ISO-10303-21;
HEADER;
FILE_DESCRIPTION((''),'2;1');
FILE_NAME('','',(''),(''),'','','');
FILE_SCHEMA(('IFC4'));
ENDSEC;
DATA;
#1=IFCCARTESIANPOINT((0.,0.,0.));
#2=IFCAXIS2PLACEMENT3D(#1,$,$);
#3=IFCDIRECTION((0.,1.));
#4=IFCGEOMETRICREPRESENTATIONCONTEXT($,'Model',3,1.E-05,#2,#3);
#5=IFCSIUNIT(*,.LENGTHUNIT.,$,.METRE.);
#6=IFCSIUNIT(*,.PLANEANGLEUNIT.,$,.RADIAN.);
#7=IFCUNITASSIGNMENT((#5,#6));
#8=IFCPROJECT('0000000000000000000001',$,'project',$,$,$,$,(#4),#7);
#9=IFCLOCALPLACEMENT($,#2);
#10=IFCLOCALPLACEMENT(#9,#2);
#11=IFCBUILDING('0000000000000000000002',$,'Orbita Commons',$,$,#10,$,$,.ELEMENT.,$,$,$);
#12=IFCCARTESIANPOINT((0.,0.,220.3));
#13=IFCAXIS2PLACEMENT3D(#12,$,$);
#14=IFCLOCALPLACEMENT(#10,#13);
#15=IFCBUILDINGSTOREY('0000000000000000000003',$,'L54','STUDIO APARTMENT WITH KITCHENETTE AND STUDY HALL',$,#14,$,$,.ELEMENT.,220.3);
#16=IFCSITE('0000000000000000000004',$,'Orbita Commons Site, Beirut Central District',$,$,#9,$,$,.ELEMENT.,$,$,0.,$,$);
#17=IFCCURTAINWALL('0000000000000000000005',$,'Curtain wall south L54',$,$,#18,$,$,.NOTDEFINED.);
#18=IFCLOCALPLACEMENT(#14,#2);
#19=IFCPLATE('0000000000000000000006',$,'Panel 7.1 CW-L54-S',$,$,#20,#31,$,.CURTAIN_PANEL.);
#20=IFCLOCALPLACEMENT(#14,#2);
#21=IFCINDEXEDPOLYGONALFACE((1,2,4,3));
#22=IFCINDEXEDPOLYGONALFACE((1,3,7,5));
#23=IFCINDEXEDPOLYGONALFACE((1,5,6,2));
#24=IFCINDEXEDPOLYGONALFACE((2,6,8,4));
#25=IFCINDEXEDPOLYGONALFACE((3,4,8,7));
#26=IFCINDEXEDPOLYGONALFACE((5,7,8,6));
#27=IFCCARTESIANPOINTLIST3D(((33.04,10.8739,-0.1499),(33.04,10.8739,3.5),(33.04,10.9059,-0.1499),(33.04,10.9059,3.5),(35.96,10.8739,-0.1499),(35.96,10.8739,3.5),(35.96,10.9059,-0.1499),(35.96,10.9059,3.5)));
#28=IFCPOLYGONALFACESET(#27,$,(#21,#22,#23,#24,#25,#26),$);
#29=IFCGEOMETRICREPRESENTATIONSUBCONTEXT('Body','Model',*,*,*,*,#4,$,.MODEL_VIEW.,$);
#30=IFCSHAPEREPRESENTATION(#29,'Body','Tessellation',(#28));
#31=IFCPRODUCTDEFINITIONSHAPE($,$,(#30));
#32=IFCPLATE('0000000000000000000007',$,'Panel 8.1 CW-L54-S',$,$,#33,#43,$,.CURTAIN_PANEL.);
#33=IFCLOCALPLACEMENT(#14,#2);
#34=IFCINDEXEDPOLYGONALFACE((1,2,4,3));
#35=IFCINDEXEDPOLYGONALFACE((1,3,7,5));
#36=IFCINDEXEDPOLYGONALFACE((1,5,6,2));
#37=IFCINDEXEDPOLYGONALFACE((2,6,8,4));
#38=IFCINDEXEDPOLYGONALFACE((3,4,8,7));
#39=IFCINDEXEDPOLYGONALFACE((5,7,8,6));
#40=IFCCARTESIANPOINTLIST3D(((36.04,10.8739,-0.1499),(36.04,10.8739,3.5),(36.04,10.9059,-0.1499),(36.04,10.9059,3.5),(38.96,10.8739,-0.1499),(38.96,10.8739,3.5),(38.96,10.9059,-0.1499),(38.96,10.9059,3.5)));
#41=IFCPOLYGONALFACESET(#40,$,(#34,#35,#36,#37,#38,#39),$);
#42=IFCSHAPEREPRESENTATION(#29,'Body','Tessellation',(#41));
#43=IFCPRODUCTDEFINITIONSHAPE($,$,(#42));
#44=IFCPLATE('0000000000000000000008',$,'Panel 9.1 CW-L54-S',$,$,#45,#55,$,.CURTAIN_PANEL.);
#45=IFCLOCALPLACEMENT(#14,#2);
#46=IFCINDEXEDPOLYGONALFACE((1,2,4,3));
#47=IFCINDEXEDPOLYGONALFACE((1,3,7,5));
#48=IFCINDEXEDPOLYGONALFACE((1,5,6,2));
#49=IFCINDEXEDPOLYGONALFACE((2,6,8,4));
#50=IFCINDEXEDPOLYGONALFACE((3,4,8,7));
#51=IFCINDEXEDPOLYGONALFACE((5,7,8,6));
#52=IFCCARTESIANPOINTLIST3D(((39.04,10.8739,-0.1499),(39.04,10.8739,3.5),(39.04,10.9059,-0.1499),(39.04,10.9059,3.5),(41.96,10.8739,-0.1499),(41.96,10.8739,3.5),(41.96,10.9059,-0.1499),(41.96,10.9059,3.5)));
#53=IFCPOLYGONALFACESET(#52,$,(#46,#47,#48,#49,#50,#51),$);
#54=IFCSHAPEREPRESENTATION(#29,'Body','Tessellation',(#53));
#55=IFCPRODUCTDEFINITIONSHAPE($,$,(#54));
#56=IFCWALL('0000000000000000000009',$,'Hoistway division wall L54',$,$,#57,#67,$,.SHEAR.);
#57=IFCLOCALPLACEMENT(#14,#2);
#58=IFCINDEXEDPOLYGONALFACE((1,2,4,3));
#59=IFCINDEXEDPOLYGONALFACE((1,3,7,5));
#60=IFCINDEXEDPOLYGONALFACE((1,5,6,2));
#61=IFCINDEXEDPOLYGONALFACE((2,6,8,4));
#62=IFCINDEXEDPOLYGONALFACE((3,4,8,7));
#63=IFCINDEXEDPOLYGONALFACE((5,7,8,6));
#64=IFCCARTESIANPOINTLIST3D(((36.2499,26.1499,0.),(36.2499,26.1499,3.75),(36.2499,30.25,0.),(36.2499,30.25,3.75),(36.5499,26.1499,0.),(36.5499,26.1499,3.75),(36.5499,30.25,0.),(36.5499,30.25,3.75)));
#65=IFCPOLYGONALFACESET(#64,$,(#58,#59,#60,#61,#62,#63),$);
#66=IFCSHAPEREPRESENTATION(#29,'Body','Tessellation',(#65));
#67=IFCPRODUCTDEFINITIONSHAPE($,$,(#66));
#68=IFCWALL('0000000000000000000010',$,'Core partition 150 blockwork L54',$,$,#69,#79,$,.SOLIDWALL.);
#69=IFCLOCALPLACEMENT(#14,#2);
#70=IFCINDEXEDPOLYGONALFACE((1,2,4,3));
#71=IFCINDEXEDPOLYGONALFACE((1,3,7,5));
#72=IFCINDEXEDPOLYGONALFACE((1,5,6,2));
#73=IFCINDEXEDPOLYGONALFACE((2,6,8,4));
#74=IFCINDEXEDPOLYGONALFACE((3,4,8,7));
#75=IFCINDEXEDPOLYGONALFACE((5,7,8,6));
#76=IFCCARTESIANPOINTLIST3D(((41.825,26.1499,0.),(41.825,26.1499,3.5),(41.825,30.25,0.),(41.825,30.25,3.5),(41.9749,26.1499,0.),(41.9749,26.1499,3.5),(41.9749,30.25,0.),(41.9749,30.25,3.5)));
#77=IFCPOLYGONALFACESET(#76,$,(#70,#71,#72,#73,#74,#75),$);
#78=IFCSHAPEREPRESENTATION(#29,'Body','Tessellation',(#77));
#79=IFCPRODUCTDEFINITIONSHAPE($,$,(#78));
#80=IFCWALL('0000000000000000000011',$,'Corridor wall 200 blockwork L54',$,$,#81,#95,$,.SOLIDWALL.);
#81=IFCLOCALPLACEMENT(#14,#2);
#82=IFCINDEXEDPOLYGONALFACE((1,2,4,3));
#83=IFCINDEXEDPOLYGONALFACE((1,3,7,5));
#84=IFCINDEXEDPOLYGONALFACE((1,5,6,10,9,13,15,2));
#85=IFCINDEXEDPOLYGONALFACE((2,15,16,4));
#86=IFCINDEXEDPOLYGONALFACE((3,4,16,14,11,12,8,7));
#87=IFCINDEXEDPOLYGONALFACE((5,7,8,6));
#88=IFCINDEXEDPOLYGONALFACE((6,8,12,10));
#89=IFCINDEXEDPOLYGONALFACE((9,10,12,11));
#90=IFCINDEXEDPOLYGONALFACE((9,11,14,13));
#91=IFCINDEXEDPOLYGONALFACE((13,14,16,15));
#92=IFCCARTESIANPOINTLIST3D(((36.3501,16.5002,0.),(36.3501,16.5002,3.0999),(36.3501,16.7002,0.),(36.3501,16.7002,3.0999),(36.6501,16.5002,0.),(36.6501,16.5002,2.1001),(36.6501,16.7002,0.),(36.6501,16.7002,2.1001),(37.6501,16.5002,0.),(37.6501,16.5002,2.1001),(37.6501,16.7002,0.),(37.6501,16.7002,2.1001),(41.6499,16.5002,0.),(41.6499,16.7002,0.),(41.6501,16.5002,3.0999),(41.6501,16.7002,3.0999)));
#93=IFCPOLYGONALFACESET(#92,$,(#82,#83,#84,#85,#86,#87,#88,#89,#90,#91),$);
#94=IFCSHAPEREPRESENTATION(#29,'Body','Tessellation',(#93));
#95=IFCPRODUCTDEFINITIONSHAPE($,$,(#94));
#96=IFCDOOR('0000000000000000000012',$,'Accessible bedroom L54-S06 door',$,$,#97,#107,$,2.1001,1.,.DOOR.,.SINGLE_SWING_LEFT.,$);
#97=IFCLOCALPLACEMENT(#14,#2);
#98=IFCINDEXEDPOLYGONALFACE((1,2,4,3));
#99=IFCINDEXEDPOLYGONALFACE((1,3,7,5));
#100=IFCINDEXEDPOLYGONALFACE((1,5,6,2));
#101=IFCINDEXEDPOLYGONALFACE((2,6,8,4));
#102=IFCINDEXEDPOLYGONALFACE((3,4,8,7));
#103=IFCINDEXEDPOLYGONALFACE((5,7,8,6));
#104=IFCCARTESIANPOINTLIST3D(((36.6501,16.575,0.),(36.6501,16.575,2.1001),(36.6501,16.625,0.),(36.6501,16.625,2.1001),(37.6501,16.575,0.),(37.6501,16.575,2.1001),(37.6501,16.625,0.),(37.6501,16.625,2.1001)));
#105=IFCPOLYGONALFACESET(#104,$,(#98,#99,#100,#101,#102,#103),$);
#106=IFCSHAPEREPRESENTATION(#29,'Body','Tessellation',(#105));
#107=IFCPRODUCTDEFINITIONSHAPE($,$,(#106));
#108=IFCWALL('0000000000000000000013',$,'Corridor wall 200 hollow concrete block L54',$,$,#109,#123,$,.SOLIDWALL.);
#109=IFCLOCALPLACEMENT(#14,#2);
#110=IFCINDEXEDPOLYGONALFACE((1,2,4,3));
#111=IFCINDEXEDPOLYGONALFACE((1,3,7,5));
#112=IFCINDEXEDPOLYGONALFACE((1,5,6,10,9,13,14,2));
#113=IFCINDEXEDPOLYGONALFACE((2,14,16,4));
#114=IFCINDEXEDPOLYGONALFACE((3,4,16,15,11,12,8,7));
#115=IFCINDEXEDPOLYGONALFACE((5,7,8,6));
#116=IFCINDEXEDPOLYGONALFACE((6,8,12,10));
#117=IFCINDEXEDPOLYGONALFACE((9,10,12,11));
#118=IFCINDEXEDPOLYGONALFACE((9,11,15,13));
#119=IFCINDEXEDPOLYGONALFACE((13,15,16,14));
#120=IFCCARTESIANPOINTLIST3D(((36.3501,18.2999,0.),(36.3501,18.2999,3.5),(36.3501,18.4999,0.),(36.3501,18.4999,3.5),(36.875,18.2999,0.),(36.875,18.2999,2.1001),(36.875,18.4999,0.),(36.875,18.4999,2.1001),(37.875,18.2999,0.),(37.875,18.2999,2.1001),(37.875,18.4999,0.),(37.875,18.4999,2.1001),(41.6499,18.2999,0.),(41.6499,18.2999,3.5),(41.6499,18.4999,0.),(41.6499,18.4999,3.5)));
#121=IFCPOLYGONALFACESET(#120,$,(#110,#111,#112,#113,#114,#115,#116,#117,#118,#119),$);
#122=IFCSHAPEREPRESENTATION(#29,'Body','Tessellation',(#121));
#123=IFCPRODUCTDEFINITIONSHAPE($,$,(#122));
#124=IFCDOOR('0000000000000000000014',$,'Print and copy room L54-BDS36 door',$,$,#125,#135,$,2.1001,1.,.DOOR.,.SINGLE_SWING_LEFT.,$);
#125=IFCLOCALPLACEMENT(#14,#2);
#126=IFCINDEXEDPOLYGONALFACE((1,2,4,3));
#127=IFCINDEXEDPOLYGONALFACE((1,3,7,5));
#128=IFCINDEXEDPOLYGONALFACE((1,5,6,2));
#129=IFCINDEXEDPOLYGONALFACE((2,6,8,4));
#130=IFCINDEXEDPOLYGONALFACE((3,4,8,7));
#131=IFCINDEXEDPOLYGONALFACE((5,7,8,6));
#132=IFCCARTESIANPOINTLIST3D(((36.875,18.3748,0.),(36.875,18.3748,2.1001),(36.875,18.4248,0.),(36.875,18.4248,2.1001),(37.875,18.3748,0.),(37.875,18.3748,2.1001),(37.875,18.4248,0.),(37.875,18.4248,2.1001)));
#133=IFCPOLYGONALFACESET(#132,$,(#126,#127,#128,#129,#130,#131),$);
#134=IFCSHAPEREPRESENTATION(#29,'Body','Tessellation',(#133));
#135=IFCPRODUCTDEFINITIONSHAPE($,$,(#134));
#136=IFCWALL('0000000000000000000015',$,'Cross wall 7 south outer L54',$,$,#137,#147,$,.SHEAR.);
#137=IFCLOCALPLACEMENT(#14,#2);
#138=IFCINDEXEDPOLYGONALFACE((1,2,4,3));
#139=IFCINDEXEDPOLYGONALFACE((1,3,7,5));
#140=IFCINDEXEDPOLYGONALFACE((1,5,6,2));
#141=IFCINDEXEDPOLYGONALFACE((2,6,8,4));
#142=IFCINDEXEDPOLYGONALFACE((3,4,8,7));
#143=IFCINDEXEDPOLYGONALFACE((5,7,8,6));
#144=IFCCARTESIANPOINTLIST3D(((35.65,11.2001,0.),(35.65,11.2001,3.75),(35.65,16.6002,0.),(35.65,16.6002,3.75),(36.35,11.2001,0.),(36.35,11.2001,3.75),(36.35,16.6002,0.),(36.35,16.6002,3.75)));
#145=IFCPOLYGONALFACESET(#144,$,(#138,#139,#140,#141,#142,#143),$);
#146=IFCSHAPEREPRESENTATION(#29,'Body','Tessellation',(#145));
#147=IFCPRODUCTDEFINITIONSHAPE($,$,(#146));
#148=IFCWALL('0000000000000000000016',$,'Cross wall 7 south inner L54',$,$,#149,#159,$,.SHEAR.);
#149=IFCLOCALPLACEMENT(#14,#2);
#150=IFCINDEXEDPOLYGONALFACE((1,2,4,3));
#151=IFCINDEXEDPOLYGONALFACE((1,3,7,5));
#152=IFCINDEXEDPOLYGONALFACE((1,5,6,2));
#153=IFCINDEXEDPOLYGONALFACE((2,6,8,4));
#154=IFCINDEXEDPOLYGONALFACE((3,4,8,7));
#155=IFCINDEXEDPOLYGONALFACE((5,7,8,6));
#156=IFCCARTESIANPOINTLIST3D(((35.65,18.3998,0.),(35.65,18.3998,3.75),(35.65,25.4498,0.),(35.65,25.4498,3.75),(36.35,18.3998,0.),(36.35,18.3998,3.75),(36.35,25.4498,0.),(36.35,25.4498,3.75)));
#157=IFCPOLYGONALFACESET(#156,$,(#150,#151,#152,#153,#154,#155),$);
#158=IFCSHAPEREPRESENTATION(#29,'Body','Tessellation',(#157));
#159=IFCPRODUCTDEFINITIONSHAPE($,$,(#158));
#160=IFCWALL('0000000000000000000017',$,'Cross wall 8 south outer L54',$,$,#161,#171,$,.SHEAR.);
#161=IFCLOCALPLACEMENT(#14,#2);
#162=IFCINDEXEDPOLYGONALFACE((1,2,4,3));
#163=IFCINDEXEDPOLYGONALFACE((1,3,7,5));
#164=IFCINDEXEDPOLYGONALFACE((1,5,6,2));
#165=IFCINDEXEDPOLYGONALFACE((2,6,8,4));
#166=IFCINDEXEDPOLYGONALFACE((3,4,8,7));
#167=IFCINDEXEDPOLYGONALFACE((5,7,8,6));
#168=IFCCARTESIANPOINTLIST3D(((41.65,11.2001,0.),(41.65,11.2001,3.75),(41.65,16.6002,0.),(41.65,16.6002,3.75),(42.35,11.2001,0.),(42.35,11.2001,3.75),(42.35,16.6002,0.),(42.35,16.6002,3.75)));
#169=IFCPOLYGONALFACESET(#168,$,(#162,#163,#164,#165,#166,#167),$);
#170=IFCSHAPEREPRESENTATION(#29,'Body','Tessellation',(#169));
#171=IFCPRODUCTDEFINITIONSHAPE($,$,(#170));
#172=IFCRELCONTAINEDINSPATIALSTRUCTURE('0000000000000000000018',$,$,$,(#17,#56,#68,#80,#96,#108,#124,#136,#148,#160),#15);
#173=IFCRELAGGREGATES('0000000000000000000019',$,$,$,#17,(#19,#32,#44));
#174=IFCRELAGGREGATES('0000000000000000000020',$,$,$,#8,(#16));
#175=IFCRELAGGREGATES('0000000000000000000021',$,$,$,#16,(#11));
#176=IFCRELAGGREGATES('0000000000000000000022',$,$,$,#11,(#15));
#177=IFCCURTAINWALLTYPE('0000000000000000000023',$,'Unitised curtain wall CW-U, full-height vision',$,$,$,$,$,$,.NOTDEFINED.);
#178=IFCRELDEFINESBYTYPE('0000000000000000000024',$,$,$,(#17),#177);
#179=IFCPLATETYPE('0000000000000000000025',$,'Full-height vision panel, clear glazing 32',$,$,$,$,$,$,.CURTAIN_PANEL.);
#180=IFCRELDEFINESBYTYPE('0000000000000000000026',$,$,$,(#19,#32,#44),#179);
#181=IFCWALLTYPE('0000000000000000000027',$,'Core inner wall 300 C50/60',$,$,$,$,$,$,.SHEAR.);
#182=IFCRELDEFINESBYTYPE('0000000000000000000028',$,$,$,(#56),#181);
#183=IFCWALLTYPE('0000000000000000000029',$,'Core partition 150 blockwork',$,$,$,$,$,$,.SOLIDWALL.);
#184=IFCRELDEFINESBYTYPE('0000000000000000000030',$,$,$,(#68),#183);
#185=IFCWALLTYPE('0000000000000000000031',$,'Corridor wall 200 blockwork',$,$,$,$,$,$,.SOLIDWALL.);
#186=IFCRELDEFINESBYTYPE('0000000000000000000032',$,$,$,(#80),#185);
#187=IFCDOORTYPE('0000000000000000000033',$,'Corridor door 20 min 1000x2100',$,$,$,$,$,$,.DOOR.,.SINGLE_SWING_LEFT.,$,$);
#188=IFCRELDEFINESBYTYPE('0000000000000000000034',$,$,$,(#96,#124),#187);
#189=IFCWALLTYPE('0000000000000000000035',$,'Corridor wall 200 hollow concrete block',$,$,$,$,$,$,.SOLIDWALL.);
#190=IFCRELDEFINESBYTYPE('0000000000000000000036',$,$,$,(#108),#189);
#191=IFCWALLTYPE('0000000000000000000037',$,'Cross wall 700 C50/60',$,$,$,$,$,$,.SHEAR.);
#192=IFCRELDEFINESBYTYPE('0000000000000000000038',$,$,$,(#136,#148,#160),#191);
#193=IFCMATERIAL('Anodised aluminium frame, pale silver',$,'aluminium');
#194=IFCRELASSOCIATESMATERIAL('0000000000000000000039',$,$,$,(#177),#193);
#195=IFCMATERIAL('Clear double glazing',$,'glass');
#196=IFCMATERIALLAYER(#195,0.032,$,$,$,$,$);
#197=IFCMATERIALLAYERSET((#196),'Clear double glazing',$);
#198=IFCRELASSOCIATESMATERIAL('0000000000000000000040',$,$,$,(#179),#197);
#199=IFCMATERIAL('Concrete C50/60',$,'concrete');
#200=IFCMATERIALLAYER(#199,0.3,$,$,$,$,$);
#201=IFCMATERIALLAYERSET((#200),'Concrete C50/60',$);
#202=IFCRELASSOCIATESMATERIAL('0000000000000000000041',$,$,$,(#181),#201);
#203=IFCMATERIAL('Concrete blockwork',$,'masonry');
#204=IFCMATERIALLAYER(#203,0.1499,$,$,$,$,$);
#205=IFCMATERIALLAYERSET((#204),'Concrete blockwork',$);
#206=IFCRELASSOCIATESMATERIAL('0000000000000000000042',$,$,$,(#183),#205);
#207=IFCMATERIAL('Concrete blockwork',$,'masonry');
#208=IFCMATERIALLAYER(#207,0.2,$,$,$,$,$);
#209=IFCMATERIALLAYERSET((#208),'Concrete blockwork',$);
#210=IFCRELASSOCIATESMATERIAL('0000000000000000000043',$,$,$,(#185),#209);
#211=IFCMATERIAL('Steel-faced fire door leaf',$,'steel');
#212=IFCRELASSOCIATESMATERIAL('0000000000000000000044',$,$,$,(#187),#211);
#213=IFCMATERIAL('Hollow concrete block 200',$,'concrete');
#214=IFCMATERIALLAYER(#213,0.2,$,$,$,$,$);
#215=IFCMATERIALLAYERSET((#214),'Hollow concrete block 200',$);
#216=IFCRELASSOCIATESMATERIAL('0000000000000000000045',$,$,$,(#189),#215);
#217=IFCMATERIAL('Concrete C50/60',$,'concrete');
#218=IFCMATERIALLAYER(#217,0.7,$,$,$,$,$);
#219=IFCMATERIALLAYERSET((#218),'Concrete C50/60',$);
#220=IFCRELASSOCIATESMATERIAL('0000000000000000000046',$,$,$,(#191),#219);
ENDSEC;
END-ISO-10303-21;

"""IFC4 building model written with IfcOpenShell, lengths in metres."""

from ifc_helpers import new_model, si_unit, direction, frame, frame_2d, origin, origin_2d, place, context, subcontext, project, spatial, polyline, rectangle, outline, extrude, material, layer, layer_set, type_object, element, fill, aggregate, save


model = new_model("IFC4")

# Units and contexts
model_context = context("Model", 3, precision=1e-05, world=origin(), true_north=direction((0.0, 1.0)))
body_context = subcontext(model_context, "Body", "Model", "MODEL_VIEW")
ifc_project = project(units=[si_unit("LENGTHUNIT", "METRE"), si_unit("PLANEANGLEUNIT", "RADIAN")], contexts=[model_context])

# Site, building, storey
site_placement = place(None, origin())
site = spatial("IfcSite", under=ifc_project, at=site_placement, Name="Orbita Commons Site, Beirut Central District", CompositionType="ELEMENT", RefElevation=0.0)
building_placement = place(site_placement, origin())
building = spatial("IfcBuilding", under=site, at=building_placement, Name="Orbita Commons", CompositionType="ELEMENT")
storey_placement = place(building_placement, frame((0.0, 0.0, 220.3)))
storey = spatial("IfcBuildingStorey", under=building, at=storey_placement, Name="L54", Description="STUDIO APARTMENT WITH KITCHENETTE AND STUDY HALL", CompositionType="ELEMENT", Elevation=220.3)

# Curtain wall
ifc_material_1 = material(Name="Anodised aluminium frame, pale silver", Category="aluminium")
curtain_wall_type = type_object("IfcCurtainWallType", Name="Unitised curtain wall CW-U, full-height vision", PredefinedType="NOTDEFINED", material=ifc_material_1)
curtain_wall_placement = place(storey_placement, origin())
curtain_wall = element("IfcCurtainWall", 1, at=curtain_wall_placement, inside=storey, type_object=curtain_wall_type, Name="Curtain wall south L54", PredefinedType="NOTDEFINED")

# Plates
ifc_material_2 = material(Name="Clear double glazing", Category="glass")
ifc_layer_1 = layer(ifc_material_2, 0.032)
ifc_layer_set_1 = layer_set([ifc_layer_1], Name="Clear double glazing")
plate_type = type_object("IfcPlateType", Name="Full-height vision panel, clear glazing 32", PredefinedType="CURTAIN_PANEL", material=ifc_layer_set_1)
plate_1_placement = place(storey_placement, frame((34.5, 10.8899, -0.1499), z_axis=(0.0, 0.0, 1.0), x_axis=(1.0, 0.0, 0.0)))
plate_1 = element("IfcPlate", 2, at=plate_1_placement, type_object=plate_type, Name="Panel 7.1 CW-L54-S", PredefinedType="CURTAIN_PANEL", context=body_context, shape_type="SweptSolid", body=[
    extrude(rectangle(XDim=2.9199, YDim=0.032, at=origin_2d()), origin(), (0.0, 0.0, 1.0), 3.6499),
])
plate_2_placement = place(storey_placement, frame((37.5, 10.8899, -0.1499), z_axis=(0.0, 0.0, 1.0), x_axis=(1.0, 0.0, 0.0)))
plate_2 = element("IfcPlate", 3, at=plate_2_placement, type_object=plate_type, Name="Panel 8.1 CW-L54-S", PredefinedType="CURTAIN_PANEL", context=body_context, shape_type="SweptSolid", body=[
    extrude(rectangle(XDim=2.9199, YDim=0.032, at=origin_2d()), origin(), (0.0, 0.0, 1.0), 3.6499),
])
plate_3_placement = place(storey_placement, frame((40.5, 10.8899, -0.1499), z_axis=(0.0, 0.0, 1.0), x_axis=(1.0, 0.0, 0.0)))
plate_3 = element("IfcPlate", 4, at=plate_3_placement, type_object=plate_type, Name="Panel 9.1 CW-L54-S", PredefinedType="CURTAIN_PANEL", context=body_context, shape_type="SweptSolid", body=[
    extrude(rectangle(XDim=2.9199, YDim=0.032, at=origin_2d()), origin(), (0.0, 0.0, 1.0), 3.6499),
])
aggregate(curtain_wall, [plate_1, plate_2, plate_3])

# Walls
ifc_material_3 = material(Name="Concrete C50/60", Category="concrete")
ifc_layer_2 = layer(ifc_material_3, 0.3)
ifc_layer_set_2 = layer_set([ifc_layer_2], Name="Concrete C50/60")
wall_type_1 = type_object("IfcWallType", Name="Core inner wall 300 C50/60", PredefinedType="SHEAR", material=ifc_layer_set_2)
wall_1_placement = place(storey_placement, frame((36.3999, 26.1499, 0.0), z_axis=(0.0, 0.0, 1.0), x_axis=(0.0, 1.0, 0.0)))
element("IfcWall", 5, at=wall_1_placement, inside=storey, type_object=wall_type_1, Name="Hoistway division wall L54", PredefinedType="SHEAR", context=body_context, shape_type="SweptSolid", body=[
    extrude(rectangle(XDim=4.1001, YDim=0.3, at=frame_2d((2.05, 0.0))), origin(), (0.0, 0.0, 1.0), 3.75),
])
ifc_material_4 = material(Name="Concrete blockwork", Category="masonry")
ifc_layer_3 = layer(ifc_material_4, 0.1499)
ifc_layer_set_3 = layer_set([ifc_layer_3], Name="Concrete blockwork")
wall_type_2 = type_object("IfcWallType", Name="Core partition 150 blockwork", PredefinedType="SOLIDWALL", material=ifc_layer_set_3)
wall_2_placement = place(storey_placement, frame((41.8999, 26.1499, 0.0), z_axis=(0.0, 0.0, 1.0), x_axis=(0.0, 1.0, 0.0)))
element("IfcWall", 6, at=wall_2_placement, inside=storey, type_object=wall_type_2, Name="Core partition 150 blockwork L54", PredefinedType="SOLIDWALL", context=body_context, shape_type="SweptSolid", body=[
    extrude(rectangle(XDim=4.1001, YDim=0.1499, at=frame_2d((2.05, 0.0))), origin(), (0.0, 0.0, 1.0), 3.5),
])

# Walls, openings, doors
ifc_material_5 = material(Name="Concrete blockwork", Category="masonry")
ifc_layer_4 = layer(ifc_material_5, 0.2)
ifc_layer_set_4 = layer_set([ifc_layer_4], Name="Concrete blockwork")
wall_type_3 = type_object("IfcWallType", Name="Corridor wall 200 blockwork", PredefinedType="SOLIDWALL", material=ifc_layer_set_4)
wall_3_placement = place(storey_placement, frame((36.3501, 16.6001, 0.0), z_axis=(0.0, 0.0, 1.0), x_axis=(1.0, 0.0, 0.0)))
wall_3 = element("IfcWall", 7, at=wall_3_placement, inside=storey, type_object=wall_type_3, Name="Corridor wall 200 blockwork L54", PredefinedType="SOLIDWALL", context=body_context, shape_type="SweptSolid", body=[
    extrude(outline(polyline([(0.0, 0.0), (5.2998, 0.0), (5.3, 3.0999), (0.0, 3.0999), (0.0, 0.0)])), frame((0.0, 0.1001, 0.0), z_axis=(0.0, -1.0, 0.0), x_axis=(1.0, 0.0, 0.0)), (0.0, 0.0, 1.0), 0.2),
])
opening_1_placement = place(wall_3_placement, frame((0.3, 0.0, 0.0)))
opening_1 = element("IfcOpeningElement", 8, at=opening_1_placement, cuts=wall_3, PredefinedType="OPENING", context=body_context, shape_type="SweptSolid", body=[
    extrude(rectangle(XDim=1.0, YDim=2.1001, at=frame_2d((0.5, 1.05))), frame((0.0, 0.1099, 0.0), z_axis=(0.0, -1.0, 0.0), x_axis=(1.0, 0.0, 0.0)), (0.0, 0.0, 1.0), 0.22),
])
ifc_material_6 = material(Name="Steel-faced fire door leaf", Category="steel")
door_type_1 = type_object("IfcDoorType", Name="Corridor door 20 min 1000x2100", OperationType="SINGLE_SWING_LEFT", PredefinedType="DOOR", material=ifc_material_6)
door_1_placement = place(opening_1_placement, origin())
door_1 = element("IfcDoor", 9, at=door_1_placement, inside=storey, type_object=door_type_1, Name="Accessible bedroom L54-S06 door", OperationType="SINGLE_SWING_LEFT", OverallHeight=2.1001, OverallWidth=1.0, PredefinedType="DOOR", context=body_context, shape_type="SweptSolid", body=[
    extrude(rectangle(XDim=1.0, YDim=2.1001, at=frame_2d((0.5, 1.05))), frame((0.0, 0.0249, 0.0), z_axis=(0.0, -1.0, 0.0), x_axis=(1.0, 0.0, 0.0)), (0.0, 0.0, 1.0), 0.05),
])
fill(opening_1, door_1)
ifc_material_7 = material(Name="Hollow concrete block 200", Category="concrete")
ifc_layer_5 = layer(ifc_material_7, 0.2)
ifc_layer_set_5 = layer_set([ifc_layer_5], Name="Hollow concrete block 200")
wall_type_4 = type_object("IfcWallType", Name="Corridor wall 200 hollow concrete block", PredefinedType="SOLIDWALL", material=ifc_layer_set_5)
wall_4_placement = place(storey_placement, frame((36.3501, 18.3999, 0.0), z_axis=(0.0, 0.0, 1.0), x_axis=(1.0, 0.0, 0.0)))
wall_4 = element("IfcWall", 10, at=wall_4_placement, inside=storey, type_object=wall_type_4, Name="Corridor wall 200 hollow concrete block L54", PredefinedType="SOLIDWALL", context=body_context, shape_type="SweptSolid", body=[
    extrude(rectangle(XDim=5.2998, YDim=0.2, at=frame_2d((2.6499, 0.0))), origin(), (0.0, 0.0, 1.0), 3.5),
])
opening_2_placement = place(wall_4_placement, frame((0.5249, 0.0, 0.0)))
opening_2 = element("IfcOpeningElement", 11, at=opening_2_placement, cuts=wall_4, PredefinedType="OPENING", context=body_context, shape_type="SweptSolid", body=[
    extrude(rectangle(XDim=1.0, YDim=2.1001, at=frame_2d((0.5, 1.05))), frame((0.0, 0.1099, 0.0), z_axis=(0.0, -1.0, 0.0), x_axis=(1.0, 0.0, 0.0)), (0.0, 0.0, 1.0), 0.22),
])
door_2_placement = place(opening_2_placement, origin())
door_2 = element("IfcDoor", 12, at=door_2_placement, inside=storey, type_object=door_type_1, Name="Print and copy room L54-BDS36 door", OperationType="SINGLE_SWING_LEFT", OverallHeight=2.1001, OverallWidth=1.0, PredefinedType="DOOR", context=body_context, shape_type="SweptSolid", body=[
    extrude(rectangle(XDim=1.0, YDim=2.1001, at=frame_2d((0.5, 1.05))), frame((0.0, 0.0249, 0.0), z_axis=(0.0, -1.0, 0.0), x_axis=(1.0, 0.0, 0.0)), (0.0, 0.0, 1.0), 0.05),
])
fill(opening_2, door_2)

# Walls
ifc_material_8 = material(Name="Concrete C50/60", Category="concrete")
ifc_layer_6 = layer(ifc_material_8, 0.7)
ifc_layer_set_6 = layer_set([ifc_layer_6], Name="Concrete C50/60")
wall_type_5 = type_object("IfcWallType", Name="Cross wall 700 C50/60", PredefinedType="SHEAR", material=ifc_layer_set_6)
wall_5_placement = place(storey_placement, frame((36.0, 11.2, 0.0), z_axis=(0.0, 0.0, 1.0), x_axis=(0.0, 1.0, 0.0)))
element("IfcWall", 13, at=wall_5_placement, inside=storey, type_object=wall_type_5, Name="Cross wall 7 south outer L54", PredefinedType="SHEAR", context=body_context, shape_type="SweptSolid", body=[
    extrude(rectangle(XDim=5.4001, YDim=0.7, at=frame_2d((2.7002, 0.0))), origin(), (0.0, 0.0, 1.0), 3.75),
])
wall_6_placement = place(storey_placement, frame((36.0, 18.3999, 0.0), z_axis=(0.0, 0.0, 1.0), x_axis=(0.0, 1.0, 0.0)))
element("IfcWall", 14, at=wall_6_placement, inside=storey, type_object=wall_type_5, Name="Cross wall 7 south inner L54", PredefinedType="SHEAR", context=body_context, shape_type="SweptSolid", body=[
    extrude(rectangle(XDim=7.05, YDim=0.7, at=frame_2d((3.5249, 0.0))), origin(), (0.0, 0.0, 1.0), 3.75),
])
wall_7_placement = place(storey_placement, frame((42.0, 11.2, 0.0), z_axis=(0.0, 0.0, 1.0), x_axis=(0.0, 1.0, 0.0)))
element("IfcWall", 15, at=wall_7_placement, inside=storey, type_object=wall_type_5, Name="Cross wall 8 south outer L54", PredefinedType="SHEAR", context=body_context, shape_type="SweptSolid", body=[
    extrude(rectangle(XDim=5.4001, YDim=0.7, at=frame_2d((2.7002, 0.0))), origin(), (0.0, 0.0, 1.0), 3.75),
])

save(model, "model.ifc")
